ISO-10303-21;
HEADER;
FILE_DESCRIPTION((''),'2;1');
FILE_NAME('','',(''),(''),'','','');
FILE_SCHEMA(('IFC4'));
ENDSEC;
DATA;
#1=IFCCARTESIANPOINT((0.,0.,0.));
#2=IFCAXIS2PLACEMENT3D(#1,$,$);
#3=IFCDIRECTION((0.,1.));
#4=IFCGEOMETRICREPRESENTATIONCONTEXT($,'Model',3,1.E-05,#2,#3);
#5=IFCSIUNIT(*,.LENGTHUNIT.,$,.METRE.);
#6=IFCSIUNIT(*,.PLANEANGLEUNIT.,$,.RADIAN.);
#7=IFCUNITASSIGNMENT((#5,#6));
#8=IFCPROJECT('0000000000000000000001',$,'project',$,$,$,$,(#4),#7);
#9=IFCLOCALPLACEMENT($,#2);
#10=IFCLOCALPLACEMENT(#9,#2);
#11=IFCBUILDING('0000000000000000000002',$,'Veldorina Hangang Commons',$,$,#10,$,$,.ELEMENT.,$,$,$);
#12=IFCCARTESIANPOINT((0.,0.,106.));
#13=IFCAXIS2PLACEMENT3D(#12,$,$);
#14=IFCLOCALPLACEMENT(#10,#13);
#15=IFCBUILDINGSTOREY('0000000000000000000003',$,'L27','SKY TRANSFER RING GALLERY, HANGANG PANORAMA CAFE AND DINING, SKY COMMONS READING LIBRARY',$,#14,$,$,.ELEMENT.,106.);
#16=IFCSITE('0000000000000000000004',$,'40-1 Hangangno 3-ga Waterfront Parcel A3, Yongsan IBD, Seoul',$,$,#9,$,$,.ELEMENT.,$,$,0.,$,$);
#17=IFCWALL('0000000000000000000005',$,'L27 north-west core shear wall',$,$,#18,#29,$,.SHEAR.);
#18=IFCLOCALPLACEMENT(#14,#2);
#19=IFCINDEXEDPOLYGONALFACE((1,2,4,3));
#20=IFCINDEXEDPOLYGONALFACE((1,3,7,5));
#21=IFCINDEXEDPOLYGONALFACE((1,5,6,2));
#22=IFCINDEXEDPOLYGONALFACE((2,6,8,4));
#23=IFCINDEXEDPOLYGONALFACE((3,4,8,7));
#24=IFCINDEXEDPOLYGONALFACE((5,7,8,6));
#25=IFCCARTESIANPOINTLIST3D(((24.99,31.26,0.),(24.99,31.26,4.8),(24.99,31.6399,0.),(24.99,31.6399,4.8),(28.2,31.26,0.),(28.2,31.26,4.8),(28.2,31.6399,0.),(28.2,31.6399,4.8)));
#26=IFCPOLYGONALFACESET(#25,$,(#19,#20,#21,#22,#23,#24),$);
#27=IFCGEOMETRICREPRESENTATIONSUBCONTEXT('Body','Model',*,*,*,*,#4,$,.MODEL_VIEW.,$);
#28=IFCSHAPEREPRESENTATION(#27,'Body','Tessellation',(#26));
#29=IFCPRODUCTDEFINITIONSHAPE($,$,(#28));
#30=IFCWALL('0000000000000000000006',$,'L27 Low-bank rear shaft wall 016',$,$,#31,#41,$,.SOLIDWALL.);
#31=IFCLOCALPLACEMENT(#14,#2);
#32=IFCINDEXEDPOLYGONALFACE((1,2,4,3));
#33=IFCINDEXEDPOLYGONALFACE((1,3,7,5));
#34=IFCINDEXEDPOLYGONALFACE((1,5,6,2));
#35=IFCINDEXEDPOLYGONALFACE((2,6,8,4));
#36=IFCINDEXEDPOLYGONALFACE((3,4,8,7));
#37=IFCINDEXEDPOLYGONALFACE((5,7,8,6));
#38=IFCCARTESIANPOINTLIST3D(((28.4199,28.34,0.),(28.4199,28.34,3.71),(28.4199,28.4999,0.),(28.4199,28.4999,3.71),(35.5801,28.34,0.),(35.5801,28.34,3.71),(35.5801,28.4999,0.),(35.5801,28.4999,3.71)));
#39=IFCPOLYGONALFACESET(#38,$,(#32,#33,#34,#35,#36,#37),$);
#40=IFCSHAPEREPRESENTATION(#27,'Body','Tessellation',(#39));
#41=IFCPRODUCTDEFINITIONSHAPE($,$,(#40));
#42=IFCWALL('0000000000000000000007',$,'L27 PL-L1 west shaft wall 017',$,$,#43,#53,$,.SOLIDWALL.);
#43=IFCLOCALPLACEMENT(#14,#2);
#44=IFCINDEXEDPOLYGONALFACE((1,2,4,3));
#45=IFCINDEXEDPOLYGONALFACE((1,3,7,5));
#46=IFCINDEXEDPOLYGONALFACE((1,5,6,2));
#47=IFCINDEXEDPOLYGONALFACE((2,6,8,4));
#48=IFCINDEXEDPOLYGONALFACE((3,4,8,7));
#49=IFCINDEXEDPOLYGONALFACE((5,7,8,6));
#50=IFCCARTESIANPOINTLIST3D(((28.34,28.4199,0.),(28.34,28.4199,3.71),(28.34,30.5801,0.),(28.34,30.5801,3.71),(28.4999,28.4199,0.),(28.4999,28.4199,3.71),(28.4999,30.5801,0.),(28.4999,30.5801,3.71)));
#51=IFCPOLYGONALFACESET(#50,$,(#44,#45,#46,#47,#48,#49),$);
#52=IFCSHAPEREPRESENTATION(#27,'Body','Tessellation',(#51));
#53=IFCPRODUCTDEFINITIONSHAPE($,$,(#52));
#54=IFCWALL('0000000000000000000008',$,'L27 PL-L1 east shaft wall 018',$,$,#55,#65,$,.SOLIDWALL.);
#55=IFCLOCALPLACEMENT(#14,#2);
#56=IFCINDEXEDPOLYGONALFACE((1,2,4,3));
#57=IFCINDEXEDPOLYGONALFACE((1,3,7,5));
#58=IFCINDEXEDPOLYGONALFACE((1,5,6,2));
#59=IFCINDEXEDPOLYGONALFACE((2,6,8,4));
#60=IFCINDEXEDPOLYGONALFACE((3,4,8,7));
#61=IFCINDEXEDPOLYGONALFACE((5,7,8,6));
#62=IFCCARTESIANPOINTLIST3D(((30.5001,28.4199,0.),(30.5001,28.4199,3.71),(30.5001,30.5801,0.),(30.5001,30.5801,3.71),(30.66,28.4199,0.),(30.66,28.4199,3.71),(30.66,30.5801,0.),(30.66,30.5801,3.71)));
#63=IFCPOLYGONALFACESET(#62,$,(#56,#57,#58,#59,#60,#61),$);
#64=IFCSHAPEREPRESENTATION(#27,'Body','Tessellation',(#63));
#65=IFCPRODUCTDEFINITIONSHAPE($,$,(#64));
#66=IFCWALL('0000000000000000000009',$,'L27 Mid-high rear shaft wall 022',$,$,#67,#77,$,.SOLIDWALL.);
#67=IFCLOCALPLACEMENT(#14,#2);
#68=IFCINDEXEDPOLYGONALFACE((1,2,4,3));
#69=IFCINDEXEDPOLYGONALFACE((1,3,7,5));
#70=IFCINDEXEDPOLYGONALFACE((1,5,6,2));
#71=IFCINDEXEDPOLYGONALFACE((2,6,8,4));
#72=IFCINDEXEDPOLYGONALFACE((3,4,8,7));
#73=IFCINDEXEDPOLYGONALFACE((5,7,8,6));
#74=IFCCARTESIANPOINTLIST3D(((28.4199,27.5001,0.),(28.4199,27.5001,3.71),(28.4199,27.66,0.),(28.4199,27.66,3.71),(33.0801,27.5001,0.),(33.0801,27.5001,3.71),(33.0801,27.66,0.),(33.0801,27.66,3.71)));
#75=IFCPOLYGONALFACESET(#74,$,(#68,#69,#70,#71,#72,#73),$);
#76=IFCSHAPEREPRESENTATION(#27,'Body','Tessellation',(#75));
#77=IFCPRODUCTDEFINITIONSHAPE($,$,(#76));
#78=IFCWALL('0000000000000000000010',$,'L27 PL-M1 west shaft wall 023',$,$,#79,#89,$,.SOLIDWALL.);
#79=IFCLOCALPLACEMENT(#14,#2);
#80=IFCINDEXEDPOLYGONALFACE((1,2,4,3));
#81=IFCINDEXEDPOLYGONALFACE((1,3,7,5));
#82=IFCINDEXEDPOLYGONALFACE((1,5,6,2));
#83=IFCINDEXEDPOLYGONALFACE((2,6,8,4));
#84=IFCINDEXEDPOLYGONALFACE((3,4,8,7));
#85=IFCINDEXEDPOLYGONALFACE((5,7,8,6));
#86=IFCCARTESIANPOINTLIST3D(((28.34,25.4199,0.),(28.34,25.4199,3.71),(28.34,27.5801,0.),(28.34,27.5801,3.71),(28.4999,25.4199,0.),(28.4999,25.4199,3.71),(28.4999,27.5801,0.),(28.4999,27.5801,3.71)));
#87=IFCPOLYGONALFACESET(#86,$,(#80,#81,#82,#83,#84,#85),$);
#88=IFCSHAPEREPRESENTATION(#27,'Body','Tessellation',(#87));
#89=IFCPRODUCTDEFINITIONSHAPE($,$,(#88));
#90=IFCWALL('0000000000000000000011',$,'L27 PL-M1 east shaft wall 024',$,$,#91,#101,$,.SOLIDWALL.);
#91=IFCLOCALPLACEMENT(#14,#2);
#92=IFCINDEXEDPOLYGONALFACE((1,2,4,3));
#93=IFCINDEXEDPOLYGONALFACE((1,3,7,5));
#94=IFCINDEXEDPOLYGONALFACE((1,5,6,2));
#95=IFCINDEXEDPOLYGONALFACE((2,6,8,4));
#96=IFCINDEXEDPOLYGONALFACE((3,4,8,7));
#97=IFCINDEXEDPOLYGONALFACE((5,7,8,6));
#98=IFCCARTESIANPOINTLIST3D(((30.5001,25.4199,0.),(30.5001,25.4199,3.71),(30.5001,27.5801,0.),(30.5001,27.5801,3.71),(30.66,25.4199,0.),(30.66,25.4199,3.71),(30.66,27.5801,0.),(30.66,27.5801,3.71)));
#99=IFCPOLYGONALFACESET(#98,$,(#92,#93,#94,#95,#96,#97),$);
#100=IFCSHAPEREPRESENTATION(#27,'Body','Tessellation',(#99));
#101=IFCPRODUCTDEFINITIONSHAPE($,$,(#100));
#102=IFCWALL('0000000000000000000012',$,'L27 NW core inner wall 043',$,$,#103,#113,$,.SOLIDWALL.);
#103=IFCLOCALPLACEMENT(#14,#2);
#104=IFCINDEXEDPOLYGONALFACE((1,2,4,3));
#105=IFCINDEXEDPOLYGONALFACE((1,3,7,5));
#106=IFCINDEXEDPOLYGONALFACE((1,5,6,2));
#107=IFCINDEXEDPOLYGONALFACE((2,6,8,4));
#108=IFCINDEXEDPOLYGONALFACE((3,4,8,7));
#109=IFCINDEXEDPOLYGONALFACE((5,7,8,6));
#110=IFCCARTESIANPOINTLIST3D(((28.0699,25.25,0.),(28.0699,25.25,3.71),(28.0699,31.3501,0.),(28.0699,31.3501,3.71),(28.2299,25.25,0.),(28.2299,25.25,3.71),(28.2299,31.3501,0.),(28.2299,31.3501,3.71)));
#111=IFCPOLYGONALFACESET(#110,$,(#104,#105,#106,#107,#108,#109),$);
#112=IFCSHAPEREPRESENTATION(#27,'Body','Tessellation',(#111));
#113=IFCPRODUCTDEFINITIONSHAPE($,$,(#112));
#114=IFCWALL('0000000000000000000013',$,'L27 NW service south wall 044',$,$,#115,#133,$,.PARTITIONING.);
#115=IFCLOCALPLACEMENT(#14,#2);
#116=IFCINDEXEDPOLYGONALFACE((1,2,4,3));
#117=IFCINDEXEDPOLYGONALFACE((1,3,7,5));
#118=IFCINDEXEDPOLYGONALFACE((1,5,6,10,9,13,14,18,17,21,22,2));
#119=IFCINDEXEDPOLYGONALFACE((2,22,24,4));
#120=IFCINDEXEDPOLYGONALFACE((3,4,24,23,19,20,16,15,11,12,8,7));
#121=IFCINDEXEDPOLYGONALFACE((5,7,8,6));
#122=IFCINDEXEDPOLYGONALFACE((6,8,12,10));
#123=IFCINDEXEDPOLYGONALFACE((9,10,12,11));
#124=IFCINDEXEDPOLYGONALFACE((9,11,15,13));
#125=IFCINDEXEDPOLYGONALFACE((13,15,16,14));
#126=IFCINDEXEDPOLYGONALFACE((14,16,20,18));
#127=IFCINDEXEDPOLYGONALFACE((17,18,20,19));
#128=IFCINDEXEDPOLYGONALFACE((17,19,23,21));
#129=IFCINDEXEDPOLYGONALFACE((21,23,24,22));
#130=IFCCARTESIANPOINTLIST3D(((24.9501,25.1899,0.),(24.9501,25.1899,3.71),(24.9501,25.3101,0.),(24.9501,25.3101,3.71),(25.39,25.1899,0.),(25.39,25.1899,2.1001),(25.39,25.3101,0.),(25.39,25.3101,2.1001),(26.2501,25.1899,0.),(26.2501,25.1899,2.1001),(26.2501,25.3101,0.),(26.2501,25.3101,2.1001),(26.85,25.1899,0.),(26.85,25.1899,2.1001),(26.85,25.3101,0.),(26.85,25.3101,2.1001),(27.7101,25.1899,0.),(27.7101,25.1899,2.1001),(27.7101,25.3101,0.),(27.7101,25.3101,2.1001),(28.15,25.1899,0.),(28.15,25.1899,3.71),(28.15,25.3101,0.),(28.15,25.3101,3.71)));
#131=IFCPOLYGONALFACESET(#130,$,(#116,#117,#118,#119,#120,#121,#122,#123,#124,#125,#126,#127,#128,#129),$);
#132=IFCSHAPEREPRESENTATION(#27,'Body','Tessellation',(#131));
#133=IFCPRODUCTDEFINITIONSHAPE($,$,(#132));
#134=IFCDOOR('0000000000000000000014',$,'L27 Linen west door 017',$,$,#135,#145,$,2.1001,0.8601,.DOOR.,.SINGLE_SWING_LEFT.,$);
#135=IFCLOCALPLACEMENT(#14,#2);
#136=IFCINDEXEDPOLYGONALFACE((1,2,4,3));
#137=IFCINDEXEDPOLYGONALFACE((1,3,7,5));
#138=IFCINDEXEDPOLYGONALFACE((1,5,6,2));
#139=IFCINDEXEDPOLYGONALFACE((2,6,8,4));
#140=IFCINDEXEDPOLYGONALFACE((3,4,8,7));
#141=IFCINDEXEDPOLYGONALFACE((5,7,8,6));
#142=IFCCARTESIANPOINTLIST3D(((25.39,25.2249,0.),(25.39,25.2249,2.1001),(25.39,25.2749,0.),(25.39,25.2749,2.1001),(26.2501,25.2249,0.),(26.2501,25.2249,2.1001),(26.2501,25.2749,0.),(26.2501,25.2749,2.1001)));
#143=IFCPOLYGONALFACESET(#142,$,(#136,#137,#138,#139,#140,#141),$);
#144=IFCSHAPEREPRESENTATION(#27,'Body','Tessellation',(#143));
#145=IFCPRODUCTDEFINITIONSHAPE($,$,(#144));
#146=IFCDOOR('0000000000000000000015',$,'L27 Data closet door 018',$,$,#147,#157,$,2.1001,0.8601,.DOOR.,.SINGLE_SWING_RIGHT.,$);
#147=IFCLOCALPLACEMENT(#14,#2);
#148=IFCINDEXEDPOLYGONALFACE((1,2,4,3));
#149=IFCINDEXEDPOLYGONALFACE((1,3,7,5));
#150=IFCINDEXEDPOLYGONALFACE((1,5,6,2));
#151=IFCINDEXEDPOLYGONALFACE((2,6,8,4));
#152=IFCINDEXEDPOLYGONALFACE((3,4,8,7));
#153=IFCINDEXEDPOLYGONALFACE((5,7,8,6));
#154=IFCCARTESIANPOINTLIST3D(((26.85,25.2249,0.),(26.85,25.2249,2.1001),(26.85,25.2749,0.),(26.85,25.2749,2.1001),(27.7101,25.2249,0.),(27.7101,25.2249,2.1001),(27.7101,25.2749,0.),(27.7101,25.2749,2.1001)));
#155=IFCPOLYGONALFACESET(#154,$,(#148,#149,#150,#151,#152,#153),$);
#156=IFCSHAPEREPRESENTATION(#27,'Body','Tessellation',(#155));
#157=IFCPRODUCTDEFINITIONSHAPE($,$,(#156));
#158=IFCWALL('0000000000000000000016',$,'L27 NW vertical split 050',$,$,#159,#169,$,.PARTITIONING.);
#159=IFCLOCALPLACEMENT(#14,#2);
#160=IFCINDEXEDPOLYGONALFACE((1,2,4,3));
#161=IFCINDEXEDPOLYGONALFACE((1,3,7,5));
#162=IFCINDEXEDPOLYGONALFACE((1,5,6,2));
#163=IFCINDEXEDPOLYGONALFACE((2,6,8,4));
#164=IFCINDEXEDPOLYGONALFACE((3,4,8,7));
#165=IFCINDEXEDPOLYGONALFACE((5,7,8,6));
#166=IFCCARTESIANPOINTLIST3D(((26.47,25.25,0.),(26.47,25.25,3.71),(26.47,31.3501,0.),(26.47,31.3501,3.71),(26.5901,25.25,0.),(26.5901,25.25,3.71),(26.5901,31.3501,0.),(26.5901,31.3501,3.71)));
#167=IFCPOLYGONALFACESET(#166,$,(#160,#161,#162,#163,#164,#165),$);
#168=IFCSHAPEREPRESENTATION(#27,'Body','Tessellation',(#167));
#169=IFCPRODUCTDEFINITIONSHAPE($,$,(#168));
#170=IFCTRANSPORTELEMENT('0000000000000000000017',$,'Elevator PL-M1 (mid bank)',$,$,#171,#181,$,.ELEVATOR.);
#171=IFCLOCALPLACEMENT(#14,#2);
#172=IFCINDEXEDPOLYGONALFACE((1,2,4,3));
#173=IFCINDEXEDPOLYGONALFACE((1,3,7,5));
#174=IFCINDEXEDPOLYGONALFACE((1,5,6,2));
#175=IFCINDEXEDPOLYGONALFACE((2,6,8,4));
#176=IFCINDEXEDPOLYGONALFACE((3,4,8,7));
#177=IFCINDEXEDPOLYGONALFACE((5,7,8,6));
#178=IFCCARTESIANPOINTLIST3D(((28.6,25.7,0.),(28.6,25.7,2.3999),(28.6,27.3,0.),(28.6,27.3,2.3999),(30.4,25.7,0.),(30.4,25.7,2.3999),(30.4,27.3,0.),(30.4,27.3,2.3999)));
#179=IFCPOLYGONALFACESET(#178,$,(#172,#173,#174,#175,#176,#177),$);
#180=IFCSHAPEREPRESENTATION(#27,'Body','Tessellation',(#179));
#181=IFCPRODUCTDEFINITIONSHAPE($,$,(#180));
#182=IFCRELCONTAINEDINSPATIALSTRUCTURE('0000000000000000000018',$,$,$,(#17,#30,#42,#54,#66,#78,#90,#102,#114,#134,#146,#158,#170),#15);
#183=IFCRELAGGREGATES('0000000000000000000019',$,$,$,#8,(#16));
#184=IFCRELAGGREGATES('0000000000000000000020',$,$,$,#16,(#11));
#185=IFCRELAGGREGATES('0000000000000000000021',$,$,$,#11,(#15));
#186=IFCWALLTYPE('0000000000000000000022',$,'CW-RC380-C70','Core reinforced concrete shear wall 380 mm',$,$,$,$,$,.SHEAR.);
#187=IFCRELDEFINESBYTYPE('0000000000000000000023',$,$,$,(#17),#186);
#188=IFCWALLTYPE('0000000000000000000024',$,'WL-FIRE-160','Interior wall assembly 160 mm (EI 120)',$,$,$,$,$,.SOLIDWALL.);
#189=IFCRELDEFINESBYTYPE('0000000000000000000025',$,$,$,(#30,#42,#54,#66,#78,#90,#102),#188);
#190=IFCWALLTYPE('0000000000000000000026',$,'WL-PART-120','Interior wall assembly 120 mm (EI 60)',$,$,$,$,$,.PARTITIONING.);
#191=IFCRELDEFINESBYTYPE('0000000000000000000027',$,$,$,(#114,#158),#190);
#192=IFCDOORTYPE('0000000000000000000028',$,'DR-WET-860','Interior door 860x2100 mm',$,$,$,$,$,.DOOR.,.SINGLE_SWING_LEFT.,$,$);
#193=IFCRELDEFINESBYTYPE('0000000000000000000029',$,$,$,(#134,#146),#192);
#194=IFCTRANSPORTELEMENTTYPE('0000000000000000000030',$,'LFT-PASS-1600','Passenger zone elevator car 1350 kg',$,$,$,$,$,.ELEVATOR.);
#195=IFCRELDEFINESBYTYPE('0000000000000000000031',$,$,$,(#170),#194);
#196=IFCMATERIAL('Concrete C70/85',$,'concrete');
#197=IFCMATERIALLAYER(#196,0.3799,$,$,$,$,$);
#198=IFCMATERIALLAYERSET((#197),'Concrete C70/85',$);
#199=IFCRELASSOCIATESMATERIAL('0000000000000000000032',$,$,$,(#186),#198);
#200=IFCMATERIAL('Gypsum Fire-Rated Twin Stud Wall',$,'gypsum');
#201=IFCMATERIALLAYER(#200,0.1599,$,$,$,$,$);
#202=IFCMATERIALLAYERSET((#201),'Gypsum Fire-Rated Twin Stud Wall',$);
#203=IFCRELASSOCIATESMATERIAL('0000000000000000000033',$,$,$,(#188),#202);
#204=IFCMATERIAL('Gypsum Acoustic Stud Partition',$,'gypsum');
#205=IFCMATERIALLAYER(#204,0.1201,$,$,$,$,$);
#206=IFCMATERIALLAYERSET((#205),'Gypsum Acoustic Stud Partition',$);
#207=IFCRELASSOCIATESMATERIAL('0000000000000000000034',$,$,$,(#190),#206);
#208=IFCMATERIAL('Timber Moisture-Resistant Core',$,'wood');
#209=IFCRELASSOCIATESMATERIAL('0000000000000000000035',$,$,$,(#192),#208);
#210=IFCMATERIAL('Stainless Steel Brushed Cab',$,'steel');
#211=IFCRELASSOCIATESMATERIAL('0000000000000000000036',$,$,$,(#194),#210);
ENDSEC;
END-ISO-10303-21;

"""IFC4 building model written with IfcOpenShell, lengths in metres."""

from ifc_helpers import new_model, si_unit, direction, frame, frame_2d, origin, origin_2d, place, context, subcontext, project, spatial, rectangle, extrude, material, layer, layer_set, type_object, element, fill, save


model = new_model("IFC4")

# Units and contexts
model_context = context("Model", 3, precision=1e-05, world=origin(), true_north=direction((0.0, 1.0)))
body_context = subcontext(model_context, "Body", "Model", "MODEL_VIEW")
ifc_project = project(units=[si_unit("LENGTHUNIT", "METRE"), si_unit("PLANEANGLEUNIT", "RADIAN")], contexts=[model_context])

# Site, building, storey
site_placement = place(None, origin())
site = spatial("IfcSite", under=ifc_project, at=site_placement, Name="40-1 Hangangno 3-ga Waterfront Parcel A3, Yongsan IBD, Seoul", CompositionType="ELEMENT", RefElevation=0.0)
building_placement = place(site_placement, origin())
building = spatial("IfcBuilding", under=site, at=building_placement, Name="Veldorina Hangang Commons", CompositionType="ELEMENT")
storey_placement = place(building_placement, frame((0.0, 0.0, 106.0)))
storey = spatial("IfcBuildingStorey", under=building, at=storey_placement, Name="L27", Description="SKY TRANSFER RING GALLERY, HANGANG PANORAMA CAFE AND DINING, SKY COMMONS READING LIBRARY", CompositionType="ELEMENT", Elevation=106.0)

# Wall
ifc_material_1 = material(Name="Concrete C70/85", Category="concrete")
ifc_layer_1 = layer(ifc_material_1, 0.3799)
ifc_layer_set_1 = layer_set([ifc_layer_1], Name="Concrete C70/85")
wall_type_1 = type_object("IfcWallType", Name="CW-RC380-C70", Description="Core reinforced concrete shear wall 380 mm", PredefinedType="SHEAR", material=ifc_layer_set_1)
wall_1_placement = place(storey_placement, frame((24.99, 31.45, 0.0), z_axis=(0.0, 0.0, 1.0), x_axis=(1.0, 0.0, 0.0)))
element("IfcWall", 1, at=wall_1_placement, inside=storey, type_object=wall_type_1, Name="L27 north-west core shear wall", PredefinedType="SHEAR", context=body_context, shape_type="SweptSolid", body=[
    extrude(rectangle(XDim=3.21, YDim=0.3799, at=frame_2d((1.605, 0.0))), origin(), (0.0, 0.0, 1.0), 4.8),
])

# Shared definitions
ifc_material_2 = material(Name="Gypsum Fire-Rated Twin Stud Wall", Category="gypsum")
ifc_layer_2 = layer(ifc_material_2, 0.1599)
ifc_layer_set_2 = layer_set([ifc_layer_2], Name="Gypsum Fire-Rated Twin Stud Wall")
wall_type_2 = type_object("IfcWallType", Name="WL-FIRE-160", Description="Interior wall assembly 160 mm (EI 120)", PredefinedType="SOLIDWALL", material=ifc_layer_set_2)

# Walls
wall_2_placement = place(storey_placement, frame((28.4199, 28.4199, 0.0), z_axis=(0.0, 0.0, 1.0), x_axis=(1.0, 0.0, 0.0)))
element("IfcWall", 2, at=wall_2_placement, inside=storey, type_object=wall_type_2, Name="L27 Low-bank rear shaft wall 016", PredefinedType="SOLIDWALL", context=body_context, shape_type="SweptSolid", body=[
    extrude(rectangle(XDim=7.1602, YDim=0.1599, at=frame_2d((3.5801, 0.0))), origin(), (0.0, 0.0, 1.0), 3.71),
])
for number, where, z_axis, x_axis, name in (
    (3, (28.4199, 28.4199, 0.0), (0.0, 0.0, 1.0), (0.0, 1.0, 0.0), "L27 PL-L1 west shaft wall 017"),
    (4, (30.5801, 28.4199, 0.0), (0.0, 0.0, 1.0), (0.0, 1.0, 0.0), "L27 PL-L1 east shaft wall 018"),
):
    element("IfcWall", number, at=place(storey_placement, frame(where, z_axis=z_axis, x_axis=x_axis)), inside=storey, type_object=wall_type_2, Name=name, PredefinedType="SOLIDWALL", context=body_context, shape_type="SweptSolid", body=[
        extrude(rectangle(XDim=2.1602, YDim=0.1599, at=frame_2d((1.0801, 0.0))), origin(), (0.0, 0.0, 1.0), 3.71),
    ])

# Walls
wall_3_placement = place(storey_placement, frame((28.4199, 27.5801, 0.0), z_axis=(0.0, 0.0, 1.0), x_axis=(1.0, 0.0, 0.0)))
element("IfcWall", 5, at=wall_3_placement, inside=storey, type_object=wall_type_2, Name="L27 Mid-high rear shaft wall 022", PredefinedType="SOLIDWALL", context=body_context, shape_type="SweptSolid", body=[
    extrude(rectangle(XDim=4.6602, YDim=0.1599, at=frame_2d((2.3301, 0.0))), origin(), (0.0, 0.0, 1.0), 3.71),
])
for number, where, z_axis, x_axis, name in (
    (6, (28.4199, 25.4199, 0.0), (0.0, 0.0, 1.0), (0.0, 1.0, 0.0), "L27 PL-M1 west shaft wall 023"),
    (7, (30.5801, 25.4199, 0.0), (0.0, 0.0, 1.0), (0.0, 1.0, 0.0), "L27 PL-M1 east shaft wall 024"),
):
    element("IfcWall", number, at=place(storey_placement, frame(where, z_axis=z_axis, x_axis=x_axis)), inside=storey, type_object=wall_type_2, Name=name, PredefinedType="SOLIDWALL", context=body_context, shape_type="SweptSolid", body=[
        extrude(rectangle(XDim=2.1602, YDim=0.1599, at=frame_2d((1.0801, 0.0))), origin(), (0.0, 0.0, 1.0), 3.71),
    ])
wall_4_placement = place(storey_placement, frame((28.1499, 25.25, 0.0), z_axis=(0.0, 0.0, 1.0), x_axis=(0.0, 1.0, 0.0)))
element("IfcWall", 8, at=wall_4_placement, inside=storey, type_object=wall_type_2, Name="L27 NW core inner wall 043", PredefinedType="SOLIDWALL", context=body_context, shape_type="SweptSolid", body=[
    extrude(rectangle(XDim=6.1001, YDim=0.1599, at=frame_2d((3.05, 0.0))), origin(), (0.0, 0.0, 1.0), 3.71),
])

# Wall, openings, doors
ifc_material_3 = material(Name="Gypsum Acoustic Stud Partition", Category="gypsum")
ifc_layer_3 = layer(ifc_material_3, 0.1201)
ifc_layer_set_3 = layer_set([ifc_layer_3], Name="Gypsum Acoustic Stud Partition")
wall_type_3 = type_object("IfcWallType", Name="WL-PART-120", Description="Interior wall assembly 120 mm (EI 60)", PredefinedType="PARTITIONING", material=ifc_layer_set_3)
wall_5_placement = place(storey_placement, frame((24.95, 25.25, 0.0), z_axis=(0.0, 0.0, 1.0), x_axis=(1.0, 0.0, 0.0)))
wall_5 = element("IfcWall", 9, at=wall_5_placement, inside=storey, type_object=wall_type_3, Name="L27 NW service south wall 044", PredefinedType="PARTITIONING", context=body_context, shape_type="SweptSolid", body=[
    extrude(rectangle(XDim=3.2, YDim=0.1201, at=frame_2d((1.6001, 0.0))), origin(), (0.0, 0.0, 1.0), 3.71),
])
opening_1_placement = place(wall_5_placement, frame((0.4399, 0.0, 0.0)))
opening_1 = element("IfcOpeningElement", 10, at=opening_1_placement, cuts=wall_5, PredefinedType="OPENING", context=body_context, shape_type="SweptSolid", body=[
    extrude(rectangle(XDim=0.8601, YDim=2.1001, at=frame_2d((0.4302, 1.05))), frame((0.0, 0.0701, 0.0), z_axis=(0.0, -1.0, 0.0), x_axis=(1.0, 0.0, 0.0)), (0.0, 0.0, 1.0), 0.1401),
])
opening_2_placement = place(wall_5_placement, frame((1.8999, 0.0, 0.0)))
opening_2 = element("IfcOpeningElement", 11, at=opening_2_placement, cuts=wall_5, PredefinedType="OPENING", context=body_context, shape_type="SweptSolid", body=[
    extrude(rectangle(XDim=0.8601, YDim=2.1001, at=frame_2d((0.4302, 1.05))), frame((0.0, 0.0701, 0.0), z_axis=(0.0, -1.0, 0.0), x_axis=(1.0, 0.0, 0.0)), (0.0, 0.0, 1.0), 0.1401),
])
ifc_material_4 = material(Name="Timber Moisture-Resistant Core", Category="wood")
door_type_1 = type_object("IfcDoorType", Name="DR-WET-860", Description="Interior door 860x2100 mm", OperationType="SINGLE_SWING_LEFT", PredefinedType="DOOR", material=ifc_material_4)
door_1_placement = place(opening_1_placement, origin())
door_1 = element("IfcDoor", 12, at=door_1_placement, inside=storey, type_object=door_type_1, Name="L27 Linen west door 017", OperationType="SINGLE_SWING_LEFT", OverallHeight=2.1001, OverallWidth=0.8601, PredefinedType="DOOR", context=body_context, shape_type="SweptSolid", body=[
    extrude(rectangle(XDim=0.8601, YDim=2.1001, at=frame_2d((0.4302, 1.05))), frame((0.0, 0.0249, 0.0), z_axis=(0.0, -1.0, 0.0), x_axis=(1.0, 0.0, 0.0)), (0.0, 0.0, 1.0), 0.05),
])
fill(opening_1, door_1)
door_2_placement = place(opening_2_placement, origin())
door_2 = element("IfcDoor", 13, at=door_2_placement, inside=storey, type_object=door_type_1, Name="L27 Data closet door 018", OperationType="SINGLE_SWING_RIGHT", OverallHeight=2.1001, OverallWidth=0.8601, PredefinedType="DOOR", context=body_context, shape_type="SweptSolid", body=[
    extrude(rectangle(XDim=0.8601, YDim=2.1001, at=frame_2d((0.4302, 1.05))), frame((0.0, 0.0249, 0.0), z_axis=(0.0, -1.0, 0.0), x_axis=(1.0, 0.0, 0.0)), (0.0, 0.0, 1.0), 0.05),
])
fill(opening_2, door_2)

# Wall
wall_6_placement = place(storey_placement, frame((26.53, 25.25, 0.0), z_axis=(0.0, 0.0, 1.0), x_axis=(0.0, 1.0, 0.0)))
element("IfcWall", 14, at=wall_6_placement, inside=storey, type_object=wall_type_3, Name="L27 NW vertical split 050", PredefinedType="PARTITIONING", context=body_context, shape_type="SweptSolid", body=[
    extrude(rectangle(XDim=6.1001, YDim=0.1201, at=frame_2d((3.05, 0.0))), origin(), (0.0, 0.0, 1.0), 3.71),
])

# Transport element
ifc_material_5 = material(Name="Stainless Steel Brushed Cab", Category="steel")
transport_element_type = type_object("IfcTransportElementType", Name="LFT-PASS-1600", Description="Passenger zone elevator car 1350 kg", PredefinedType="ELEVATOR", material=ifc_material_5)
transport_element_placement = place(storey_placement, frame((29.5, 26.5, 0.0), z_axis=(0.0, 0.0, 1.0), x_axis=(1.0, 0.0, 0.0)))
element("IfcTransportElement", 15, at=transport_element_placement, inside=storey, type_object=transport_element_type, Name="Elevator PL-M1 (mid bank)", PredefinedType="ELEVATOR", context=body_context, shape_type="SweptSolid", body=[
    extrude(rectangle(XDim=1.8, YDim=1.6001, at=origin_2d()), origin(), (0.0, 0.0, 1.0), 2.3999),
])

save(model, "model.ifc")
